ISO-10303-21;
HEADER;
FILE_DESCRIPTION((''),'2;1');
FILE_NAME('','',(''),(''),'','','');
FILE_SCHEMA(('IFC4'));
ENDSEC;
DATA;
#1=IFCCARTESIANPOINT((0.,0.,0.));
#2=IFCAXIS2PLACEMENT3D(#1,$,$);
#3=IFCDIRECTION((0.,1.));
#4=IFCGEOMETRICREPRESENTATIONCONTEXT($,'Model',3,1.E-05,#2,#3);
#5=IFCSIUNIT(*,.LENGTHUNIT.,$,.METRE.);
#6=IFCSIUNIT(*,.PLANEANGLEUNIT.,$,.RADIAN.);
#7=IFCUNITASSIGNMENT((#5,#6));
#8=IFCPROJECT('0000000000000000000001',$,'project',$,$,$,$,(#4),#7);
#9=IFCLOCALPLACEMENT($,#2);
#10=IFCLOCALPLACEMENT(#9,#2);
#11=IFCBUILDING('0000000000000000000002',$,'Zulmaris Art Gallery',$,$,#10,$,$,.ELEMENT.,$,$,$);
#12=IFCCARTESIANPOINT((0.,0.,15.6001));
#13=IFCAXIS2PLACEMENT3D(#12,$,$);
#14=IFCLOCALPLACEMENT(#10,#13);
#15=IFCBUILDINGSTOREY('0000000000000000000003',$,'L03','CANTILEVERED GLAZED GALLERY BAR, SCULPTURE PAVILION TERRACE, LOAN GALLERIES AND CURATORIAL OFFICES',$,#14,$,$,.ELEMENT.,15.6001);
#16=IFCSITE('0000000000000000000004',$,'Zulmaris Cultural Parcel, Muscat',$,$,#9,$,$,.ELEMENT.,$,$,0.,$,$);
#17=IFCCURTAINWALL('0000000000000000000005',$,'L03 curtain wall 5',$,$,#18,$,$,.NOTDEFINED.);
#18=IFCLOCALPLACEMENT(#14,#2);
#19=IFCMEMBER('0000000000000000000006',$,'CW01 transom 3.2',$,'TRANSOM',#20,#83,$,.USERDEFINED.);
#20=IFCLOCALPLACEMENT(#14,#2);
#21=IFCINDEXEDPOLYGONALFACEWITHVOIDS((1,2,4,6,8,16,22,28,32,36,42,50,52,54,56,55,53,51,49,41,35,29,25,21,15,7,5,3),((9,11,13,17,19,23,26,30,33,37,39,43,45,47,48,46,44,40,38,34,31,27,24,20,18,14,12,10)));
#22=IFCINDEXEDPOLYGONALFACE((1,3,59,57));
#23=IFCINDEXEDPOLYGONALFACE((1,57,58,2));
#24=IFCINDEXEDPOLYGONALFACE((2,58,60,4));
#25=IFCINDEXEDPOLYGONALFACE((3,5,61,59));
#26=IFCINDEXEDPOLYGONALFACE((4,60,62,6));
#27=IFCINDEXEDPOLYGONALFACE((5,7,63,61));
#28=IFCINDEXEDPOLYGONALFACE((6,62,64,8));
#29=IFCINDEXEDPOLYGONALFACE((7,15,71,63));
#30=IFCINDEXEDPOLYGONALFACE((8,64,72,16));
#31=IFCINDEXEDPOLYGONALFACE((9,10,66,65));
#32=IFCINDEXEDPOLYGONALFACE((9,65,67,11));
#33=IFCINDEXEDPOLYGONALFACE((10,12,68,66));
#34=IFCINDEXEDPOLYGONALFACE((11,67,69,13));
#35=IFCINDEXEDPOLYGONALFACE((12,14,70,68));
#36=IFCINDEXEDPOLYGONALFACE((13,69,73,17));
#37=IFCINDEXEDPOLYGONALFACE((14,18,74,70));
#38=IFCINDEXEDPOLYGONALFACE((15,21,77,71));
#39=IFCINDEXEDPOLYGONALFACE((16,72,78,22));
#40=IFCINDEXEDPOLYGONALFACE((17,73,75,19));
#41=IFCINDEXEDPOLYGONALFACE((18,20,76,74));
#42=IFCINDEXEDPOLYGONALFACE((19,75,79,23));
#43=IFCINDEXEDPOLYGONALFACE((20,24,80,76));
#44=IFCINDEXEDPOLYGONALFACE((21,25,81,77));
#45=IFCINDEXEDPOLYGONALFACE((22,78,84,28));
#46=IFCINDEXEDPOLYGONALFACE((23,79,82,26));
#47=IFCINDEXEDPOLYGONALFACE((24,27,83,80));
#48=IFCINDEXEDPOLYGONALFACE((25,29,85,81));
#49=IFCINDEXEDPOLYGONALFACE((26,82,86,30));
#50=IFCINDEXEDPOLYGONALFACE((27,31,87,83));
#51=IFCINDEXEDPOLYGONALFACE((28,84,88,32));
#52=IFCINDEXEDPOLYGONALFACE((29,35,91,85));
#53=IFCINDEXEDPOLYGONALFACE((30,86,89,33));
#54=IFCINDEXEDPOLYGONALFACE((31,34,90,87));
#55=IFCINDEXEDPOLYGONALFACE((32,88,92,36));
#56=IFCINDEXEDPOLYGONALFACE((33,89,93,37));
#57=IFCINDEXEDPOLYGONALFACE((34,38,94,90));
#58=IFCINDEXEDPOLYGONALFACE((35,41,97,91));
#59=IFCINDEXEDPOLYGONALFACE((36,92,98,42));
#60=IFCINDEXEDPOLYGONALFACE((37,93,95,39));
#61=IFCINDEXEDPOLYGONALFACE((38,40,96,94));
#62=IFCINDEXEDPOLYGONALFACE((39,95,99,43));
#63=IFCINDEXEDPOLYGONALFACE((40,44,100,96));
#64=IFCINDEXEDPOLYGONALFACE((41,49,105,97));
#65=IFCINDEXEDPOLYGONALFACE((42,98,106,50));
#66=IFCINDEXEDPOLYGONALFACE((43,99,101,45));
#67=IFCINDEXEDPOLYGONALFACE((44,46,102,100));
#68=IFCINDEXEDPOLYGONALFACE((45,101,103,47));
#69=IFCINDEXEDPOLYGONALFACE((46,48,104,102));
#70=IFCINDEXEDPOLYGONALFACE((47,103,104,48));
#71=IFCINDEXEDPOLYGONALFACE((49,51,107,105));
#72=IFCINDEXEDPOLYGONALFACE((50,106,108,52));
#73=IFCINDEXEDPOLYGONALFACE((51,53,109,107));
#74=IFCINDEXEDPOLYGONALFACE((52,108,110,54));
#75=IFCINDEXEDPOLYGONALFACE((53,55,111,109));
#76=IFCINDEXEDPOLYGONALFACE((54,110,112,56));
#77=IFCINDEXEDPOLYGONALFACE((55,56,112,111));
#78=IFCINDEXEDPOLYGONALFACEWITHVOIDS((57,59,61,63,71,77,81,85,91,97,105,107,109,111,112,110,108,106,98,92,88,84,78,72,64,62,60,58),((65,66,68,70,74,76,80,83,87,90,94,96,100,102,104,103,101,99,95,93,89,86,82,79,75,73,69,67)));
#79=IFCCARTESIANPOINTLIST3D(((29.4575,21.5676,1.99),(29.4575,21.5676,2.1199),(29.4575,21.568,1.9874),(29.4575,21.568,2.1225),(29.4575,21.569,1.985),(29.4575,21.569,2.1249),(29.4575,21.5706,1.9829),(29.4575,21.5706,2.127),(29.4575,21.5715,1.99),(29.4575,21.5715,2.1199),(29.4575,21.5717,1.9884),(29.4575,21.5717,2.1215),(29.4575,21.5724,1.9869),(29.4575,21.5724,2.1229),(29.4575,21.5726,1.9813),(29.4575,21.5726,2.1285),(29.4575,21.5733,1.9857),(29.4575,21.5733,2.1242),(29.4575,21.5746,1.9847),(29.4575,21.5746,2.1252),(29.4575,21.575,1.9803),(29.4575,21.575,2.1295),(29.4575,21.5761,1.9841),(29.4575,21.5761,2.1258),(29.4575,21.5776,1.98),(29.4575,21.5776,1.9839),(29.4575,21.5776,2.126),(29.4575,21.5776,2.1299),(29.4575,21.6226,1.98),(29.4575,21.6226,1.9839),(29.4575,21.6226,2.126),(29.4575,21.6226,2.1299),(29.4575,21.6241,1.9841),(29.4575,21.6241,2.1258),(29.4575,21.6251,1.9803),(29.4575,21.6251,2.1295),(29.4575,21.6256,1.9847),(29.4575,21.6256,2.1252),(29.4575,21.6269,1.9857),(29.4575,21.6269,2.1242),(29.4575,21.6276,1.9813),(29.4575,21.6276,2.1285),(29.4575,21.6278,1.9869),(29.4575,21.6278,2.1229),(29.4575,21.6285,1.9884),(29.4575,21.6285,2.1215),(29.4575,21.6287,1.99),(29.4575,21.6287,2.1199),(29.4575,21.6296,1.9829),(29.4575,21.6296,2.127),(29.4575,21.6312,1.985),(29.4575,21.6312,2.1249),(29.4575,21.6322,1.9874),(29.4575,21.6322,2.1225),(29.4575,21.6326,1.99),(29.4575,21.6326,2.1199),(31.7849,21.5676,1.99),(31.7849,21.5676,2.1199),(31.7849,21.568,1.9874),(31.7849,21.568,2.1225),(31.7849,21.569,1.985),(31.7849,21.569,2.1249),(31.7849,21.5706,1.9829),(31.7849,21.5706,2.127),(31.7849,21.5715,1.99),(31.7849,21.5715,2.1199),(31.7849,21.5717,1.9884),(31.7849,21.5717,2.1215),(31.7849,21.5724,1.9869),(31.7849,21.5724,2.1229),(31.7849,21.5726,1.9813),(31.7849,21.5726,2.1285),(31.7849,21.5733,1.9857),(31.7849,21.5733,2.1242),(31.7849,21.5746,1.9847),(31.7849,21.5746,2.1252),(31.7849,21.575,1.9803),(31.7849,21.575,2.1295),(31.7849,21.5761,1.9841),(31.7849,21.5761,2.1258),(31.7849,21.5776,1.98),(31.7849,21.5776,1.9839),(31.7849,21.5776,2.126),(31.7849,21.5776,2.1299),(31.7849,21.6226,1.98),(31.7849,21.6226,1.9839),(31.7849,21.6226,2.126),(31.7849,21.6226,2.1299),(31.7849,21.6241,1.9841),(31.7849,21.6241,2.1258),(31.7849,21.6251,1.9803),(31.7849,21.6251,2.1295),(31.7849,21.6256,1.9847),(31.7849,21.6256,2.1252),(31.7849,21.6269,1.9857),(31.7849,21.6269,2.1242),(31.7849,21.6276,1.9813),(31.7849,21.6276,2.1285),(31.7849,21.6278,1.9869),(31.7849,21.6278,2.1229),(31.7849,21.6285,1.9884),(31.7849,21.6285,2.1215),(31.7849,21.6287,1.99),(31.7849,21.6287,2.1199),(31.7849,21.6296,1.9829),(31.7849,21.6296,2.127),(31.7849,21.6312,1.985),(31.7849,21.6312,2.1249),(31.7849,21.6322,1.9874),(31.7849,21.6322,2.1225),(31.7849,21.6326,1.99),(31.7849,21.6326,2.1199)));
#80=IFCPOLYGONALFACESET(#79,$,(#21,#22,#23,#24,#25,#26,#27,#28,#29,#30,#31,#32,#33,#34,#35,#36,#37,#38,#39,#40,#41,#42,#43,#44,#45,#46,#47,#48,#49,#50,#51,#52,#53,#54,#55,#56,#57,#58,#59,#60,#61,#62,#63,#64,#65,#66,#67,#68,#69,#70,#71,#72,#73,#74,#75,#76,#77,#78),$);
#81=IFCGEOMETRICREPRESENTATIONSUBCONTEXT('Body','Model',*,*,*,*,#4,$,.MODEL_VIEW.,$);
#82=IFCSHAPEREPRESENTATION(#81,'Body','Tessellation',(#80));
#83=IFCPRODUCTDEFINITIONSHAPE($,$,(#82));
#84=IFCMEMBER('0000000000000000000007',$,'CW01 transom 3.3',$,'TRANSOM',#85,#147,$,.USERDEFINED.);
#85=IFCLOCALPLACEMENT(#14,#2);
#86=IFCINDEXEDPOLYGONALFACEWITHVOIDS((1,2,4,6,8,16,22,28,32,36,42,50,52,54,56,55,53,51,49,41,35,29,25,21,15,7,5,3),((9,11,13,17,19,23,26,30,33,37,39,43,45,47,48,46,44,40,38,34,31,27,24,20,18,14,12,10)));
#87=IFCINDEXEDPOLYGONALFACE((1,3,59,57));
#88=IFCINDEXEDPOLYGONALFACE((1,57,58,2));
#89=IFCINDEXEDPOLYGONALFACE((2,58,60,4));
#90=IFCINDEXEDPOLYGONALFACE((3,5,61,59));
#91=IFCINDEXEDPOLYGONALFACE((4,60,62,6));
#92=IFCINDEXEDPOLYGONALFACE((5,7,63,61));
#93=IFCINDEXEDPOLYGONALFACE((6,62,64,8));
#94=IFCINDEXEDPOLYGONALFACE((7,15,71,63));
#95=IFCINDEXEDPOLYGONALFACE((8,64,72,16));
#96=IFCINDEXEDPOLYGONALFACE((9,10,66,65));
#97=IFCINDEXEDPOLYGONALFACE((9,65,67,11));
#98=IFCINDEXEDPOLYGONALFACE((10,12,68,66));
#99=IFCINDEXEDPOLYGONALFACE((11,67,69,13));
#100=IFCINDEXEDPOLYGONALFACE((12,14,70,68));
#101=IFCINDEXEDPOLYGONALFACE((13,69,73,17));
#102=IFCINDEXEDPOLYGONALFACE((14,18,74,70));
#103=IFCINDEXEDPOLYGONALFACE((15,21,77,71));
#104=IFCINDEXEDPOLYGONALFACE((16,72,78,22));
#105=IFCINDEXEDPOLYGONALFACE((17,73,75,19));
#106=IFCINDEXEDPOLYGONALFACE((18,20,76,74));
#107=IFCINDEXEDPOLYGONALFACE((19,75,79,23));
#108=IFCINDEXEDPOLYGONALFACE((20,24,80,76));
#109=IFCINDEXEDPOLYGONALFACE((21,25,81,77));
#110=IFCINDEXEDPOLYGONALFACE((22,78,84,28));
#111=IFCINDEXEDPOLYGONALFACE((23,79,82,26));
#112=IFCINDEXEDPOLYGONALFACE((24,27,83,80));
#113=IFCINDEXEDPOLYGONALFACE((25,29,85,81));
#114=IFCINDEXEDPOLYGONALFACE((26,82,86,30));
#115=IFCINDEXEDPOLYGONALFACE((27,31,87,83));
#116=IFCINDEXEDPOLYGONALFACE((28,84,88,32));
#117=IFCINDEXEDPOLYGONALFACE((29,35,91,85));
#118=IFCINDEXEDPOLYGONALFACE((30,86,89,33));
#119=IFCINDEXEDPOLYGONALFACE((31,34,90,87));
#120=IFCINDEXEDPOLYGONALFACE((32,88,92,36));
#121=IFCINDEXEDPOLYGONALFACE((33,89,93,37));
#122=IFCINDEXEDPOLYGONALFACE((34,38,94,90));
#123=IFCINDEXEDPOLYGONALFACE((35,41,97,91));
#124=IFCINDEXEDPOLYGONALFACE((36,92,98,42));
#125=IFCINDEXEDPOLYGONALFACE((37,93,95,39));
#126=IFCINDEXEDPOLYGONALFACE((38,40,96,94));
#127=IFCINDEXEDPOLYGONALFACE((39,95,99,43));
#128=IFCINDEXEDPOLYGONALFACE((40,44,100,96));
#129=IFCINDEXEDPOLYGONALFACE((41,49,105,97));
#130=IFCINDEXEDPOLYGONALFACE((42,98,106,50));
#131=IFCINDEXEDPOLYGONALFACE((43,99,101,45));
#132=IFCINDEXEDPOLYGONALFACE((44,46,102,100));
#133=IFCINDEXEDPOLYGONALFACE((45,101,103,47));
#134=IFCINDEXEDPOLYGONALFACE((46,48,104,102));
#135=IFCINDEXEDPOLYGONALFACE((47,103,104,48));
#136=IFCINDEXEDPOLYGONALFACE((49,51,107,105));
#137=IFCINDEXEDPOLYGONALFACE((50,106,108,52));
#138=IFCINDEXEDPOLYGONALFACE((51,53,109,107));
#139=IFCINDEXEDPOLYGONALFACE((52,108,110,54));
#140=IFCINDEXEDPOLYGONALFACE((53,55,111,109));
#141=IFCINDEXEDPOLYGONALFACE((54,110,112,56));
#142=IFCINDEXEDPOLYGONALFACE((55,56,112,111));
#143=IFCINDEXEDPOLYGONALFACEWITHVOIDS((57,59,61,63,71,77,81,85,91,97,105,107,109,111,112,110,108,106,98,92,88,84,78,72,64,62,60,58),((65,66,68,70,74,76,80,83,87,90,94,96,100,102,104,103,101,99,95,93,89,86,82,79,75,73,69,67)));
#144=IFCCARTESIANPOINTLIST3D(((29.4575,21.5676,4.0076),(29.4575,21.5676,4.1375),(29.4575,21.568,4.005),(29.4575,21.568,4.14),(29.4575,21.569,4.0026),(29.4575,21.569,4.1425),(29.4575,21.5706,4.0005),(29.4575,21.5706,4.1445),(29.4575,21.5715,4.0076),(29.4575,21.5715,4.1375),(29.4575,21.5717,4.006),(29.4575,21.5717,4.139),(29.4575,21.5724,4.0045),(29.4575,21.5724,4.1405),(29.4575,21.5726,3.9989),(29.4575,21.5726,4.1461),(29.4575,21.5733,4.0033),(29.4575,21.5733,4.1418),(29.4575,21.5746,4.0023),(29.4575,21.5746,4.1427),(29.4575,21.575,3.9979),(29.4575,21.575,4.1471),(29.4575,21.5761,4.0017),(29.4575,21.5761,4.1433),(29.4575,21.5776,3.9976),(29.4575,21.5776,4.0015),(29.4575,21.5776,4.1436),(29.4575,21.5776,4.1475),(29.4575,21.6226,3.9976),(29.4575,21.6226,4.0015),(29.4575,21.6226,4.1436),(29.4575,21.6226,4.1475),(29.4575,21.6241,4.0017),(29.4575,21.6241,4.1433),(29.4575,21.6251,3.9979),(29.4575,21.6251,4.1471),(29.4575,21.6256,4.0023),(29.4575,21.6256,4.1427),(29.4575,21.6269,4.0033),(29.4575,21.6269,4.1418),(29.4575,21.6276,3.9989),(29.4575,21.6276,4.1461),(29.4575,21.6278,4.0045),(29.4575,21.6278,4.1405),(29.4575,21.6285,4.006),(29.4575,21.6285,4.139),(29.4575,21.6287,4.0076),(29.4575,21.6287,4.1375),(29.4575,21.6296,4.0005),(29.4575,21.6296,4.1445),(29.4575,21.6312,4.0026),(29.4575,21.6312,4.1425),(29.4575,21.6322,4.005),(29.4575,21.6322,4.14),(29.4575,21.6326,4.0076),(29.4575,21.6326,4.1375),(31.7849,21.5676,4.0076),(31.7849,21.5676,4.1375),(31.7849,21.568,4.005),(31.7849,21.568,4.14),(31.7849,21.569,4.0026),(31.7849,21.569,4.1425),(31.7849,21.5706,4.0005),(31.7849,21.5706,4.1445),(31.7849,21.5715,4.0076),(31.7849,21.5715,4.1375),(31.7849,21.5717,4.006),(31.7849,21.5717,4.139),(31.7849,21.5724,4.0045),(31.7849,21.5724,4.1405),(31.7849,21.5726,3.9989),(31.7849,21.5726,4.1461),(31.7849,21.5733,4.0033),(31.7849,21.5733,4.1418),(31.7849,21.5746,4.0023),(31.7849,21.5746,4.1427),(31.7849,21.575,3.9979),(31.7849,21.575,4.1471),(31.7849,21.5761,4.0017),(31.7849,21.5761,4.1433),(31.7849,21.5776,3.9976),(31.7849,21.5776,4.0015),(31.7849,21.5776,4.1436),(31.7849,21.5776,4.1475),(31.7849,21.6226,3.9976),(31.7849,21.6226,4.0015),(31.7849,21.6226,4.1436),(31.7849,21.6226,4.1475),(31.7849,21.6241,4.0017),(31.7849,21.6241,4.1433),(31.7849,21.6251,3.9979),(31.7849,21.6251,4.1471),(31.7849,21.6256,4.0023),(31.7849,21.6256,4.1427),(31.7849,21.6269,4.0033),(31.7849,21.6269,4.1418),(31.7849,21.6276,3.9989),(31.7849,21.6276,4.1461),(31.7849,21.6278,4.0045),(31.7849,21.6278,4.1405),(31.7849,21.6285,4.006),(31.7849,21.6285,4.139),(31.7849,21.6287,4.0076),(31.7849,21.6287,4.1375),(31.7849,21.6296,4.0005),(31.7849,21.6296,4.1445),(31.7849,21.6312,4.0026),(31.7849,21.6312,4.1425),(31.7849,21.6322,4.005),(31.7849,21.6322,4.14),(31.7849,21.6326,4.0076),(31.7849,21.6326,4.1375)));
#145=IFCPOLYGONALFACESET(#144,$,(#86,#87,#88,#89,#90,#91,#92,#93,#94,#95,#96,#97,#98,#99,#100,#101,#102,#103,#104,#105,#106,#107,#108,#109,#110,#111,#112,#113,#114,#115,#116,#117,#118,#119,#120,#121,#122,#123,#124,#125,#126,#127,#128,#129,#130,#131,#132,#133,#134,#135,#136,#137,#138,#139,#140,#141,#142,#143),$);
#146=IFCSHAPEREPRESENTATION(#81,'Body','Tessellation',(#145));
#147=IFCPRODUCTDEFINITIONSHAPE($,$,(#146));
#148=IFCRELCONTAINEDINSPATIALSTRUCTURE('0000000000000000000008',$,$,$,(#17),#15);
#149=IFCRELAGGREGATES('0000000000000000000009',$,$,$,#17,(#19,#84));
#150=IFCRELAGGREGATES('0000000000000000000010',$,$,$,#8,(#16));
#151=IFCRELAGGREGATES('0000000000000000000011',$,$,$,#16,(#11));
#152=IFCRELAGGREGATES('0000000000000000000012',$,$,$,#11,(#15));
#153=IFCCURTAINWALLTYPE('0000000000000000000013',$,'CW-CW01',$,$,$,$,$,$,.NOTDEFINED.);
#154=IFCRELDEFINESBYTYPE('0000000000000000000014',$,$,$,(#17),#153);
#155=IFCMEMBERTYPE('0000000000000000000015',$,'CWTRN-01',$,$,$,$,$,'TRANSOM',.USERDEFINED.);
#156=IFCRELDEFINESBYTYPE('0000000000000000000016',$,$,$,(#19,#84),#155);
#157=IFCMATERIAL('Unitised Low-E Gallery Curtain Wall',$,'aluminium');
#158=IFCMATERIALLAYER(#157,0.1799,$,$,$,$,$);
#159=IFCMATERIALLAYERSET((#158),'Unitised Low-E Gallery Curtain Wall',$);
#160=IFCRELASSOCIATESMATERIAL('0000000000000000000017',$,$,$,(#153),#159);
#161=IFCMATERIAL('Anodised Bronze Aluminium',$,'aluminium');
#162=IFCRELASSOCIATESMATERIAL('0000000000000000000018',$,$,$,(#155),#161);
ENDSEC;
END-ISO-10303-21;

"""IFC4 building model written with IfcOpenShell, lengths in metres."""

from ifc_helpers import new_model, si_unit, direction, frame, origin, origin_2d, place, context, subcontext, project, spatial, hollow_rectangle, extrude, material, layer, layer_set, material_profile, profile_set, type_object, element, aggregate, save


model = new_model("IFC4")

# Units and contexts
model_context = context("Model", 3, precision=1e-05, world=origin(), true_north=direction((0.0, 1.0)))
body_context = subcontext(model_context, "Body", "Model", "MODEL_VIEW")
ifc_project = project(units=[si_unit("LENGTHUNIT", "METRE"), si_unit("PLANEANGLEUNIT", "RADIAN")], contexts=[model_context])

# Site, building, storey
site_placement = place(None, origin())
site = spatial("IfcSite", under=ifc_project, at=site_placement, Name="Zulmaris Cultural Parcel, Muscat", CompositionType="ELEMENT", RefElevation=0.0)
building_placement = place(site_placement, origin())
building = spatial("IfcBuilding", under=site, at=building_placement, Name="Zulmaris Art Gallery", CompositionType="ELEMENT")
storey_placement = place(building_placement, frame((0.0, 0.0, 15.6001)))
storey = spatial("IfcBuildingStorey", under=building, at=storey_placement, Name="L03", Description="CANTILEVERED GLAZED GALLERY BAR, SCULPTURE PAVILION TERRACE, LOAN GALLERIES AND CURATORIAL OFFICES", CompositionType="ELEMENT", Elevation=15.6001)

# Curtain wall, members
ifc_material_1 = material(Name="Unitised Low-E Gallery Curtain Wall", Category="aluminium")
ifc_layer_1 = layer(ifc_material_1, 0.1799)
ifc_layer_set_1 = layer_set([ifc_layer_1], Name="Unitised Low-E Gallery Curtain Wall")
curtain_wall_type_1 = type_object("IfcCurtainWallType", Name="CW-CW01", PredefinedType="NOTDEFINED", material=ifc_layer_set_1)
curtain_wall_1_placement = place(storey_placement, origin())
curtain_wall_1 = element("IfcCurtainWall", 1, at=curtain_wall_1_placement, inside=storey, type_object=curtain_wall_type_1, Name="L03 curtain wall 5", PredefinedType="NOTDEFINED")
ifc_material_2 = material(Name="Anodised Bronze Aluminium", Category="aluminium")
ifc_material_profile_1 = material_profile(ifc_material_2, hollow_rectangle(XDim=0.0649, YDim=0.1499, WallThickness=0.0039, InnerFilletRadius=0.0061, OuterFilletRadius=0.01, at=origin_2d()), Name="ALU 65x150x4")
ifc_profile_set_1 = profile_set([ifc_material_profile_1], Name="Anodised Bronze Aluminium")
member_type_1 = type_object("IfcMemberType", Name="CWTRN-01", ElementType="TRANSOM", PredefinedType="USERDEFINED", material=ifc_profile_set_1)
member_1_placement = place(storey_placement, frame((29.4575, 21.6001, 2.0549), z_axis=(1.0, 0.0, 0.0), x_axis=(0.0, 1.0, 0.0)))
member_1 = element("IfcMember", 2, at=member_1_placement, type_object=member_type_1, Name="CW01 transom 3.2", ObjectType="TRANSOM", PredefinedType="USERDEFINED", context=body_context, shape_type="SweptSolid", body=[
    extrude(hollow_rectangle(XDim=0.0649, YDim=0.1499, WallThickness=0.0039, InnerFilletRadius=0.0061, OuterFilletRadius=0.01, at=origin_2d()), origin(), (0.0, 0.0, 1.0), 2.3274),
])
member_2_placement = place(storey_placement, frame((29.4575, 21.6001, 4.0725), z_axis=(1.0, 0.0, 0.0), x_axis=(0.0, 1.0, 0.0)))
member_2 = element("IfcMember", 3, at=member_2_placement, type_object=member_type_1, Name="CW01 transom 3.3", ObjectType="TRANSOM", PredefinedType="USERDEFINED", context=body_context, shape_type="SweptSolid", body=[
    extrude(hollow_rectangle(XDim=0.0649, YDim=0.1499, WallThickness=0.0039, InnerFilletRadius=0.0061, OuterFilletRadius=0.01, at=origin_2d()), origin(), (0.0, 0.0, 1.0), 2.3274),
])

aggregate(curtain_wall_1, [member_1, member_2])

save(model, "model.ifc")
